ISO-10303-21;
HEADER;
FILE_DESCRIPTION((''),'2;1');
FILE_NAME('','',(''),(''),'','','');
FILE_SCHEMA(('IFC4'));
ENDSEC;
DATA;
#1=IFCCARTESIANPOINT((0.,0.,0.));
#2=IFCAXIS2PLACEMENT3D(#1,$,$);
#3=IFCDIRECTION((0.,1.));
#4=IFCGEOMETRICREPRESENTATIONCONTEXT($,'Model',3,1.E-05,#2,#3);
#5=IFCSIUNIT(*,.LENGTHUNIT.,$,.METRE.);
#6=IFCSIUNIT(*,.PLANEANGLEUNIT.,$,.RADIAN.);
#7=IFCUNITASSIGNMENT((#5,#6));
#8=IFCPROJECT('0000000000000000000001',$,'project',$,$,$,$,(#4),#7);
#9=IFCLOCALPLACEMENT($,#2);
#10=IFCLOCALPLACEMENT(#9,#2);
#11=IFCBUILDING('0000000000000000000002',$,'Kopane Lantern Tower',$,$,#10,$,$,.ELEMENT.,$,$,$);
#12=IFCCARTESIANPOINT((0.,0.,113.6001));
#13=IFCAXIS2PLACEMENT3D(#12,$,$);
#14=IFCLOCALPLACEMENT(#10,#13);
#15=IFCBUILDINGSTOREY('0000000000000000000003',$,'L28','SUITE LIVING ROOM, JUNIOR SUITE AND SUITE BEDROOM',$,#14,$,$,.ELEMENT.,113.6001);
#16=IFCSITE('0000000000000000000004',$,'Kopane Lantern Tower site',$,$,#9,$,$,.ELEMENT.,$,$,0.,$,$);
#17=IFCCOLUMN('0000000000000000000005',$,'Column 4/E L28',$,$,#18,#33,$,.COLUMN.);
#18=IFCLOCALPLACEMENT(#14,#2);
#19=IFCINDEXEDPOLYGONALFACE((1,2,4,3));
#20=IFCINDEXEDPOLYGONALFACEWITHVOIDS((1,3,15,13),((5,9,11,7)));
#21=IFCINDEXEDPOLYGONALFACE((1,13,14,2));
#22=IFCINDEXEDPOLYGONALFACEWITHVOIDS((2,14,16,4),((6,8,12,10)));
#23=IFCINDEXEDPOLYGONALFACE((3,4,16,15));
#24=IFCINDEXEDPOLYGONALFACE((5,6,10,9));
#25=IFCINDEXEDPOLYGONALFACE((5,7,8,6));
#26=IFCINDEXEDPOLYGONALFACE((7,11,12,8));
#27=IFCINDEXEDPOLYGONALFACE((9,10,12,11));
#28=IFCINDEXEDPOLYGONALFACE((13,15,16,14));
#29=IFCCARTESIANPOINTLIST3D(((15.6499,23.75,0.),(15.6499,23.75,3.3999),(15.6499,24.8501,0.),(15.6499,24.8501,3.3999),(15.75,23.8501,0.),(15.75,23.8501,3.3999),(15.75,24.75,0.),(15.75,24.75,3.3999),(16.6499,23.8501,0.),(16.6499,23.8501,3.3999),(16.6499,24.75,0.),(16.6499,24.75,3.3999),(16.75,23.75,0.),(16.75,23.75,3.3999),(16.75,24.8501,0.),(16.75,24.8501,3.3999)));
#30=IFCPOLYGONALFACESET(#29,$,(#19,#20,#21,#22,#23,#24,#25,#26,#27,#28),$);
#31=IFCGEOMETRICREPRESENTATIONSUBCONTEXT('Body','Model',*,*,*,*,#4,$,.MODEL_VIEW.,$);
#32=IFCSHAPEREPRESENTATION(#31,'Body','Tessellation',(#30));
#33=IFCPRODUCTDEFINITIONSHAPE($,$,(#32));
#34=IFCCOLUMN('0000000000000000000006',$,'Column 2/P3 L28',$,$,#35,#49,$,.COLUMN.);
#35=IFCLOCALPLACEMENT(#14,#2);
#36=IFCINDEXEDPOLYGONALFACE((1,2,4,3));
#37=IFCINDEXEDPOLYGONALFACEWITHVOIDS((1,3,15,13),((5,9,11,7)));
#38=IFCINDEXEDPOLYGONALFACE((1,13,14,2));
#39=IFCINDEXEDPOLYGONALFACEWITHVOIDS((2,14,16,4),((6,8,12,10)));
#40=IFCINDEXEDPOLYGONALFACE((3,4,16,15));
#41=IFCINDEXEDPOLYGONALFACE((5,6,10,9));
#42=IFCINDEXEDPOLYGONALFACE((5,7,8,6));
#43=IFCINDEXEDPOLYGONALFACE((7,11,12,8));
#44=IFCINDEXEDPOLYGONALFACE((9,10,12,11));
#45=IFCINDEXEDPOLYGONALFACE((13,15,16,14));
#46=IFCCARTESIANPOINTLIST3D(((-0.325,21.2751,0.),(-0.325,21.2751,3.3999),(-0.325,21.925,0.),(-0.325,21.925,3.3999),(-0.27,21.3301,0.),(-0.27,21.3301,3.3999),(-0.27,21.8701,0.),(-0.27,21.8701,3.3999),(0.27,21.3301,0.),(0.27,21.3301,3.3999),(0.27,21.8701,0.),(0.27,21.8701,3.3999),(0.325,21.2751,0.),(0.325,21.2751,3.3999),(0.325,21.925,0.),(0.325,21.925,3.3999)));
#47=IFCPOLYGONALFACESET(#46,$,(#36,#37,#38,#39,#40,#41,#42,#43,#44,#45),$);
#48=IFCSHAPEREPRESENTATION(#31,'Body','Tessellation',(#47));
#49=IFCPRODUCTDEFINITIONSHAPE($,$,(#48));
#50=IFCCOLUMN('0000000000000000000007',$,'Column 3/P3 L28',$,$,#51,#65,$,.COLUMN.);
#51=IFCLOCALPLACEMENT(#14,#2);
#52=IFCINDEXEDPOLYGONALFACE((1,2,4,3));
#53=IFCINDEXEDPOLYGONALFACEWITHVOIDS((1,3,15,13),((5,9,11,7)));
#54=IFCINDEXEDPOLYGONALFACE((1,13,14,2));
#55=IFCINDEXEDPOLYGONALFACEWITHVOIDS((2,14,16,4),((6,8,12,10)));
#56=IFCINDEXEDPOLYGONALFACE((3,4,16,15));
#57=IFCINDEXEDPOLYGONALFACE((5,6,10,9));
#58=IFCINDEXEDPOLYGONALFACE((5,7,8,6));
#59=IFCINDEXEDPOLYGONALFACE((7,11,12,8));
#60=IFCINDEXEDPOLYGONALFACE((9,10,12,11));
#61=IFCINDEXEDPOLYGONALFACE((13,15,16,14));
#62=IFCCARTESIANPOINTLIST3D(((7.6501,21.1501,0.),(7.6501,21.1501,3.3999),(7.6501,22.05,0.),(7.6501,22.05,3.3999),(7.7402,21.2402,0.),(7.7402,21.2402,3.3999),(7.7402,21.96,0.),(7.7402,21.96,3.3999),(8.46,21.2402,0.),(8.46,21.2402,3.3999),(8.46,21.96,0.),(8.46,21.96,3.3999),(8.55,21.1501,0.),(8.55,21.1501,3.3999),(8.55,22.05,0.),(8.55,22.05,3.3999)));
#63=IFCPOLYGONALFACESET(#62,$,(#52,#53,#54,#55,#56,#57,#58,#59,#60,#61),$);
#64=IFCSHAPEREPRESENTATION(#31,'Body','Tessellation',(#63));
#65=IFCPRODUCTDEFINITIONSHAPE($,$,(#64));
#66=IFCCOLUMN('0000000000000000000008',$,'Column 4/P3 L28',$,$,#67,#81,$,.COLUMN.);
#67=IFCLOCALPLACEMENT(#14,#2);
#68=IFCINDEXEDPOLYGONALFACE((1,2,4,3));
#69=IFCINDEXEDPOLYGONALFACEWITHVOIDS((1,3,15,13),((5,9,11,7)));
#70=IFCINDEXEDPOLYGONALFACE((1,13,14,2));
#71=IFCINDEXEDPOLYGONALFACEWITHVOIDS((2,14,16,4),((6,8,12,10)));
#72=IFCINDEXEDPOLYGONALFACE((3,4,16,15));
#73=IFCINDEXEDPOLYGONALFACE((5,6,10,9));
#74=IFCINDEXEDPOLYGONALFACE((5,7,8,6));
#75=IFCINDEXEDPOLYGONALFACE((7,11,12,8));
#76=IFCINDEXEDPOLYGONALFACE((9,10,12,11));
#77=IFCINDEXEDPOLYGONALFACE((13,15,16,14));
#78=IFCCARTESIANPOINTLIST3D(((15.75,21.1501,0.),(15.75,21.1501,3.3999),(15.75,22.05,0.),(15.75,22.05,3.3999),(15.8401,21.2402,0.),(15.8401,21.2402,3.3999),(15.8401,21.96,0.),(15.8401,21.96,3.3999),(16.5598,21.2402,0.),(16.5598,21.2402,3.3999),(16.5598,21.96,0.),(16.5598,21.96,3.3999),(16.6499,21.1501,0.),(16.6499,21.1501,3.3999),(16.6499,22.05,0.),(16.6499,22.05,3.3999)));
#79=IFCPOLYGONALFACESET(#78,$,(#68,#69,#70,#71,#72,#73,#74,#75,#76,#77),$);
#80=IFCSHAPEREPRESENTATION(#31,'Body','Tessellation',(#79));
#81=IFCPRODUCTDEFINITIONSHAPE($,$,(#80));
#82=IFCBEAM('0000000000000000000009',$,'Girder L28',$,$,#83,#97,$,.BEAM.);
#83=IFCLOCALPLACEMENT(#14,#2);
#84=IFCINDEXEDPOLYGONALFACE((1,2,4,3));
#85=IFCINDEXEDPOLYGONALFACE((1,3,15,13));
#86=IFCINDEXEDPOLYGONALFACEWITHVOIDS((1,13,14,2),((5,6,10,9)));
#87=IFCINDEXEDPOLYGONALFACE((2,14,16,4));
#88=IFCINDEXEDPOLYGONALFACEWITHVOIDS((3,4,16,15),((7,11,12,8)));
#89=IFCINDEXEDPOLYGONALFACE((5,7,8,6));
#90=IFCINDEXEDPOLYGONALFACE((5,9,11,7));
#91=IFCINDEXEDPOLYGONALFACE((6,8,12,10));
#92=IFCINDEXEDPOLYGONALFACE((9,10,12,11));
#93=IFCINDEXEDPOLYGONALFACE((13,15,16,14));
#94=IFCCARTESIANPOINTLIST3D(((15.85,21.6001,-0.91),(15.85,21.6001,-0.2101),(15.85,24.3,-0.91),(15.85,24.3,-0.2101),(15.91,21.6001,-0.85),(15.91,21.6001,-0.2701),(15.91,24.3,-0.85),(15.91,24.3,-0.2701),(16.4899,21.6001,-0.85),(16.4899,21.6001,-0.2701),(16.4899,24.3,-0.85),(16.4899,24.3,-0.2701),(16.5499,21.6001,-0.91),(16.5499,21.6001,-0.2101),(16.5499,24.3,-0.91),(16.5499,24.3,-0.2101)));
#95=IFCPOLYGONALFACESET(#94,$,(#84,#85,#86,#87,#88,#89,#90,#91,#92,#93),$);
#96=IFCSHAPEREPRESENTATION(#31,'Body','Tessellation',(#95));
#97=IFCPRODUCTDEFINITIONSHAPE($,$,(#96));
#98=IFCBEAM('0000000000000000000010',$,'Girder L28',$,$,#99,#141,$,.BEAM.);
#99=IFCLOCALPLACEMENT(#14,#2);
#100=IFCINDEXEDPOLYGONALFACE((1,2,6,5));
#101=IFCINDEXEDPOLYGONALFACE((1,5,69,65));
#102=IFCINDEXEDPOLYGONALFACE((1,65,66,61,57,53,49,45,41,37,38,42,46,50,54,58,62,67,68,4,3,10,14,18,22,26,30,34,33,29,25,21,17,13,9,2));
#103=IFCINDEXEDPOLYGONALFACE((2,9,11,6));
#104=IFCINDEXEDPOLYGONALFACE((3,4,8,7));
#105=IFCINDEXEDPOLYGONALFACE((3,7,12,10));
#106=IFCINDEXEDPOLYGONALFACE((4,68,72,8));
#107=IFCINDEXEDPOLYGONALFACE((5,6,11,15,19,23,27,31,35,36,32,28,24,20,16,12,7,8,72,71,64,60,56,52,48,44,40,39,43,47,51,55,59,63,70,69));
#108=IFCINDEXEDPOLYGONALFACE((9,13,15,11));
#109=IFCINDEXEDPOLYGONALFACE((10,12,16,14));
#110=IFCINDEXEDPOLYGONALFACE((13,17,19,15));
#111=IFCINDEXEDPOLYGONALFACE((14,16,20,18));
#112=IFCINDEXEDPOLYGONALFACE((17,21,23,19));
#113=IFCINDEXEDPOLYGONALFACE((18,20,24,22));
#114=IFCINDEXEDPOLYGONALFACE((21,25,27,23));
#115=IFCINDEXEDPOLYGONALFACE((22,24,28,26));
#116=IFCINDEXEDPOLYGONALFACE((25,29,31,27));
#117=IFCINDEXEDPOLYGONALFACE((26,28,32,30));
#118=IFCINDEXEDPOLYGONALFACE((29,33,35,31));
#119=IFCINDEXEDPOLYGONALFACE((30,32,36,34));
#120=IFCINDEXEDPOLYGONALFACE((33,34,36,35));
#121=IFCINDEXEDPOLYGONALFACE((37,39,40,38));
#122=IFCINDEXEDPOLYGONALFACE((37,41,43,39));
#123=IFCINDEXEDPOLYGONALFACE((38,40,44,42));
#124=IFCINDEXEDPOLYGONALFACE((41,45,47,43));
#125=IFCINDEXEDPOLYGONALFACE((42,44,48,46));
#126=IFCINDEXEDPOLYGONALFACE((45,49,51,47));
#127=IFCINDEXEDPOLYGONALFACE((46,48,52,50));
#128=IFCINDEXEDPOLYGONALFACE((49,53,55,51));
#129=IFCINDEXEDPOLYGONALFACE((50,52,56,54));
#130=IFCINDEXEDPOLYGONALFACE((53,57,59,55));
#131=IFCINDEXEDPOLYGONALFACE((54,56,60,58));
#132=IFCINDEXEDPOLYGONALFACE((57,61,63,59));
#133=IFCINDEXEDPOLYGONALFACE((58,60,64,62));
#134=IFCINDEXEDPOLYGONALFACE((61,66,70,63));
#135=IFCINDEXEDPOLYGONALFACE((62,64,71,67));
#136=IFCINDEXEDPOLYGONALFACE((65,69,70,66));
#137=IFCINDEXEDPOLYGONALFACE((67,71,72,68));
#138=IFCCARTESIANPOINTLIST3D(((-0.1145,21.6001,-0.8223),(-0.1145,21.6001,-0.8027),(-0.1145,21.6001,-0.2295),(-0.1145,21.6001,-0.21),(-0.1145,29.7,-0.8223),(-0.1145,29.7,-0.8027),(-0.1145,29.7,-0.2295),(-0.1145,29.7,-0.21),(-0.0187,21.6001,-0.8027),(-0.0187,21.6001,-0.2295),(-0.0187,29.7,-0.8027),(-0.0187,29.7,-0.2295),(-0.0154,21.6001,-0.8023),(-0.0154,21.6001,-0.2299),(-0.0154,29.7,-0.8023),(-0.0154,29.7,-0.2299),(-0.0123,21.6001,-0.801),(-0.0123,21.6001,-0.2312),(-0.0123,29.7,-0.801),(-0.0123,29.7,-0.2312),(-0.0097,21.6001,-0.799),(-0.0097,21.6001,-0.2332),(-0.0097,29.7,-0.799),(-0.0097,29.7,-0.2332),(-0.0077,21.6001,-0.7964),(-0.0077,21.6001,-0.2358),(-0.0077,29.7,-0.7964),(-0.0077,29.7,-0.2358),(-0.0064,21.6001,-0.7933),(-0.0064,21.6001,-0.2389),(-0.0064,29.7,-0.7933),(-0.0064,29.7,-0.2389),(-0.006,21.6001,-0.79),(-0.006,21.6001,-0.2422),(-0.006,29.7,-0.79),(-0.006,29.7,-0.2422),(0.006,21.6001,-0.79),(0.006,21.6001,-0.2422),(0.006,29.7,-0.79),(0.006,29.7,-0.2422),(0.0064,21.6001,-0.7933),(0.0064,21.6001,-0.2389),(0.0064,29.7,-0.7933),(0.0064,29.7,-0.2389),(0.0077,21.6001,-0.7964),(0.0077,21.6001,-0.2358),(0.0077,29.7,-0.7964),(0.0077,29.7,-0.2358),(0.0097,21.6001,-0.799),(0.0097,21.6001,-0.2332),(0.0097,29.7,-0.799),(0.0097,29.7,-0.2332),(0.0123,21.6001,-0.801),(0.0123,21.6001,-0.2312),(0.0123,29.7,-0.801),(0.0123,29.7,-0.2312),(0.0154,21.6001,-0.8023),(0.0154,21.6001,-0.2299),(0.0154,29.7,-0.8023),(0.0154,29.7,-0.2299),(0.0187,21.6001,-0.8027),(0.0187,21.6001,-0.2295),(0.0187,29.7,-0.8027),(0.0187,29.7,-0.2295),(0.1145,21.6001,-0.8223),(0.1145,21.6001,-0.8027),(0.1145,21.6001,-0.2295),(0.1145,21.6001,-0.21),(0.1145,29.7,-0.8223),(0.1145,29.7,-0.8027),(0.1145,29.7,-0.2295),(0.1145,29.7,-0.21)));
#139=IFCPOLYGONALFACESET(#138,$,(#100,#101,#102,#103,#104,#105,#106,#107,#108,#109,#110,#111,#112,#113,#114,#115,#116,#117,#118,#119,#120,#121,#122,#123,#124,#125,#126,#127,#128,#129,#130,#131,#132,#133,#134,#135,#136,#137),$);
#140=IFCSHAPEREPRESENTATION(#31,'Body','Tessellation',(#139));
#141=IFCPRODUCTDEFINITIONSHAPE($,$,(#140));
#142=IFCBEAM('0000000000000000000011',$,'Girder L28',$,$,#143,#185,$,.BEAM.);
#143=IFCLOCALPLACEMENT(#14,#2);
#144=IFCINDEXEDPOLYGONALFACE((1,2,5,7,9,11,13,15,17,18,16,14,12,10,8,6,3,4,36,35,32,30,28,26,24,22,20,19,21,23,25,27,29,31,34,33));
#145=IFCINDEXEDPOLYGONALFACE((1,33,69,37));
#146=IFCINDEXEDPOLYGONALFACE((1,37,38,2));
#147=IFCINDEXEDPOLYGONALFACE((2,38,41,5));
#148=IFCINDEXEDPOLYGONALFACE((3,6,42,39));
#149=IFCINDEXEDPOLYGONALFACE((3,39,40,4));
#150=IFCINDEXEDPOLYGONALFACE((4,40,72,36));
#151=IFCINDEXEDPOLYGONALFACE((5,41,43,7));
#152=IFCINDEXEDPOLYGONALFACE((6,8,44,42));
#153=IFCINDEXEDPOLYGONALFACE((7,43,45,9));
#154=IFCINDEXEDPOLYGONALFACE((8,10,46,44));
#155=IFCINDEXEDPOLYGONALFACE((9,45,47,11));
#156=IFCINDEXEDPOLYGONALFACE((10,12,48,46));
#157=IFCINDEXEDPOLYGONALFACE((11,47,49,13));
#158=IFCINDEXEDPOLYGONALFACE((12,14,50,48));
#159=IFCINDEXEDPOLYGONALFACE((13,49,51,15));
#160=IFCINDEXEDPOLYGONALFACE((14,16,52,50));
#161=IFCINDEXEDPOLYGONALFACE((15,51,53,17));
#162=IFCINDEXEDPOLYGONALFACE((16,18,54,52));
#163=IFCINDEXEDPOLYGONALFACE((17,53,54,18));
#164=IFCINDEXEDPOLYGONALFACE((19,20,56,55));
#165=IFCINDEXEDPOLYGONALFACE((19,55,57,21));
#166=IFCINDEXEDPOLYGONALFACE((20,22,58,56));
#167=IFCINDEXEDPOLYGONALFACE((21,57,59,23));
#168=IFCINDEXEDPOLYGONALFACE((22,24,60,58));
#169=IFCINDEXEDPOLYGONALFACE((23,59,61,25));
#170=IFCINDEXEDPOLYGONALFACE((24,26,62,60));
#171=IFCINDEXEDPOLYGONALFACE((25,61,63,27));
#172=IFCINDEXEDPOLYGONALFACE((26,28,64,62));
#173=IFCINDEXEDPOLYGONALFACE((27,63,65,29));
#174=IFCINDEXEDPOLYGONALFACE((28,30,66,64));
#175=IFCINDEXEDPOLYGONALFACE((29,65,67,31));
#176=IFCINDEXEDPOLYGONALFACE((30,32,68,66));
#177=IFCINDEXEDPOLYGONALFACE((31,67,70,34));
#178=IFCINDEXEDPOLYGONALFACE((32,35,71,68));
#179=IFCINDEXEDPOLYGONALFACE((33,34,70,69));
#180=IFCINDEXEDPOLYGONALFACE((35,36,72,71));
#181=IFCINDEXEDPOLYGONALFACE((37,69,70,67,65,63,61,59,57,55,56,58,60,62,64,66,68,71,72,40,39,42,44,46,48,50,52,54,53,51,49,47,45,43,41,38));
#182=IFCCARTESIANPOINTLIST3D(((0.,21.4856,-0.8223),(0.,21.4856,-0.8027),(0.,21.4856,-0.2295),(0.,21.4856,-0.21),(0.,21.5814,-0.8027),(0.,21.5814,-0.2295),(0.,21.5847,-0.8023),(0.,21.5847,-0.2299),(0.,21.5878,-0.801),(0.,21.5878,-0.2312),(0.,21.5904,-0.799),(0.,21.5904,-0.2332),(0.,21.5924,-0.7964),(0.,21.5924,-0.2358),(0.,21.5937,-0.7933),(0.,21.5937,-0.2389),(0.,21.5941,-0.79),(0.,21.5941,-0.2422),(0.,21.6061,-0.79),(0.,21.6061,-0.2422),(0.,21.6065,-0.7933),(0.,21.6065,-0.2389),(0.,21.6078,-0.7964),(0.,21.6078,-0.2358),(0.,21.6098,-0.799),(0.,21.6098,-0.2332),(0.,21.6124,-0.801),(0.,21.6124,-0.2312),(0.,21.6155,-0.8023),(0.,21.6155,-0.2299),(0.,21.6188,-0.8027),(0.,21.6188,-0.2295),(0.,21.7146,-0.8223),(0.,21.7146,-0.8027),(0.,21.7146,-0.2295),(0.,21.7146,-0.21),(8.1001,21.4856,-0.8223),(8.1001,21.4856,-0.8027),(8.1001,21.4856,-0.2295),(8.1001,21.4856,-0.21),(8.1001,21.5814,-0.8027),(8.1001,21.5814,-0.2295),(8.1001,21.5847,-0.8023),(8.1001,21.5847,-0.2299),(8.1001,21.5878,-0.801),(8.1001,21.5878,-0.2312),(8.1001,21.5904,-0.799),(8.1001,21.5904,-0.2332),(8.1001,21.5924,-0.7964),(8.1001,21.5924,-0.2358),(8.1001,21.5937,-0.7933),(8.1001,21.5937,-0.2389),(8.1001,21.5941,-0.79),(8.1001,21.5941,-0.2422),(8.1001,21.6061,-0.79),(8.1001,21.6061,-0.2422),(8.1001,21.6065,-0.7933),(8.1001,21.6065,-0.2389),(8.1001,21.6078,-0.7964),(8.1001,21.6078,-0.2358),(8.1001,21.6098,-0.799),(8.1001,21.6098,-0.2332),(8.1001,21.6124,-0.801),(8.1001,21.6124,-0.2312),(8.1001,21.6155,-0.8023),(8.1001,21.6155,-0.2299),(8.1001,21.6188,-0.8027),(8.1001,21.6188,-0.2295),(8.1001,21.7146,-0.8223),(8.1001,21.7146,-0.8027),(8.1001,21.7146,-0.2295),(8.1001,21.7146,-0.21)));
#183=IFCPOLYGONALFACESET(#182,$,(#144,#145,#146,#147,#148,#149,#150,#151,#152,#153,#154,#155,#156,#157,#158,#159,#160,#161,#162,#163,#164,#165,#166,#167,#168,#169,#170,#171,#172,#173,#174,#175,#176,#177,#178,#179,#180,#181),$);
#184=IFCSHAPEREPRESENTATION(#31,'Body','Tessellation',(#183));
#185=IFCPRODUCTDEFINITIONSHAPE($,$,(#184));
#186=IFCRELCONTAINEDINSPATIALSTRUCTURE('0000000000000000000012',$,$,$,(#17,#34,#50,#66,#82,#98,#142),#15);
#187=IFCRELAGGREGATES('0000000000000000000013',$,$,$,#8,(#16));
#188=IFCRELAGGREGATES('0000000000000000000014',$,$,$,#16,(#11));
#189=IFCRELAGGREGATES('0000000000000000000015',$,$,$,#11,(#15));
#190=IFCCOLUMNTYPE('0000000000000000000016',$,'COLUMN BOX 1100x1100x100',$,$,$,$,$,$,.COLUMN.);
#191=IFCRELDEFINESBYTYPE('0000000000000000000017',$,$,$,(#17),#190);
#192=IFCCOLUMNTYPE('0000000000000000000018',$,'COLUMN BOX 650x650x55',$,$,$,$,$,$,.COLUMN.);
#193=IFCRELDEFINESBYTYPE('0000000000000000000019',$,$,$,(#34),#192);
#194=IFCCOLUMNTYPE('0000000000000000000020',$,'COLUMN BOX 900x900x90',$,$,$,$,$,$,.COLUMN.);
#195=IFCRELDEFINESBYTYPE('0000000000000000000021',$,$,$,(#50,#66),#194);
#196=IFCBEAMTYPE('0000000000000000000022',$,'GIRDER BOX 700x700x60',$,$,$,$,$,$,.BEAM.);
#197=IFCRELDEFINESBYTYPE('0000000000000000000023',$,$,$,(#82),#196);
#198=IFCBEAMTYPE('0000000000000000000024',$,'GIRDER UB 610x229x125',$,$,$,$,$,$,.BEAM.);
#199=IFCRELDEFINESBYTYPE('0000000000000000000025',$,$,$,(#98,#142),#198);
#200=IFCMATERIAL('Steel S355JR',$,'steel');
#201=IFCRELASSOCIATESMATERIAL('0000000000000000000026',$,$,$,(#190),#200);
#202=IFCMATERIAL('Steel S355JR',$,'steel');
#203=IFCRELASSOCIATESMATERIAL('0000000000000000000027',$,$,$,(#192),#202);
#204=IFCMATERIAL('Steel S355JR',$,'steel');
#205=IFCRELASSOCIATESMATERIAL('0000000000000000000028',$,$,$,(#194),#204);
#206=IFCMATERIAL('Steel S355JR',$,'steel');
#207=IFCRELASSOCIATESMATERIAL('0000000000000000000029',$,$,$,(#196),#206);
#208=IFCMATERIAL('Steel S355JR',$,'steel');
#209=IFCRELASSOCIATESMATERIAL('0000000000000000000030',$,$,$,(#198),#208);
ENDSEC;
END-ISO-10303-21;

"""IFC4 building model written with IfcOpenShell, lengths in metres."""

from ifc_helpers import new_model, si_unit, direction, frame, origin, origin_2d, place, context, subcontext, project, spatial, hollow_rectangle, i_section, extrude, material, material_profile, profile_set, type_object, element, save


model = new_model("IFC4")

# Units and contexts
model_context = context("Model", 3, precision=1e-05, world=origin(), true_north=direction((0.0, 1.0)))
body_context = subcontext(model_context, "Body", "Model", "MODEL_VIEW")
ifc_project = project(units=[si_unit("LENGTHUNIT", "METRE"), si_unit("PLANEANGLEUNIT", "RADIAN")], contexts=[model_context])

# Site, building, storey
site_placement = place(None, origin())
site = spatial("IfcSite", under=ifc_project, at=site_placement, Name="Kopane Lantern Tower site", CompositionType="ELEMENT", RefElevation=0.0)
building_placement = place(site_placement, origin())
building = spatial("IfcBuilding", under=site, at=building_placement, Name="Kopane Lantern Tower", CompositionType="ELEMENT")
storey_placement = place(building_placement, frame((0.0, 0.0, 113.6001)))
storey = spatial("IfcBuildingStorey", under=building, at=storey_placement, Name="L28", Description="SUITE LIVING ROOM, JUNIOR SUITE AND SUITE BEDROOM", CompositionType="ELEMENT", Elevation=113.6001)

# Columns
ifc_material_1 = material(Name="Steel S355JR", Category="steel")
ifc_material_profile_1 = material_profile(ifc_material_1, hollow_rectangle(XDim=1.1001, YDim=1.1001, WallThickness=0.1001, at=origin_2d()), Name="BOX 1100x1100x100")
ifc_profile_set_1 = profile_set([ifc_material_profile_1], Name="Steel S355JR")
column_type_1 = type_object("IfcColumnType", Name="COLUMN BOX 1100x1100x100", PredefinedType="COLUMN", material=ifc_profile_set_1)
column_1_placement = place(storey_placement, frame((16.2, 24.3, 0.0), z_axis=(0.0, 0.0, 1.0), x_axis=(1.0, 0.0, 0.0)))
element("IfcColumn", 1, at=column_1_placement, inside=storey, type_object=column_type_1, Name="Column 4/E L28", PredefinedType="COLUMN", context=body_context, shape_type="SweptSolid", body=[
    extrude(hollow_rectangle(XDim=1.1001, YDim=1.1001, WallThickness=0.1001, at=origin_2d()), origin(), (0.0, 0.0, 1.0), 3.3999),
])
ifc_material_2 = material(Name="Steel S355JR", Category="steel")
ifc_material_profile_2 = material_profile(ifc_material_2, hollow_rectangle(XDim=0.6499, YDim=0.6499, WallThickness=0.0549, at=origin_2d()), Name="BOX 650x650x55")
ifc_profile_set_2 = profile_set([ifc_material_profile_2], Name="Steel S355JR")
column_type_2 = type_object("IfcColumnType", Name="COLUMN BOX 650x650x55", PredefinedType="COLUMN", material=ifc_profile_set_2)
column_2_placement = place(storey_placement, frame((0.0, 21.6001, 0.0), z_axis=(0.0, 0.0, 1.0), x_axis=(1.0, 0.0, 0.0)))
element("IfcColumn", 2, at=column_2_placement, inside=storey, type_object=column_type_2, Name="Column 2/P3 L28", PredefinedType="COLUMN", context=body_context, shape_type="SweptSolid", body=[
    extrude(hollow_rectangle(XDim=0.6499, YDim=0.6499, WallThickness=0.0549, at=origin_2d()), origin(), (0.0, 0.0, 1.0), 3.3999),
])
ifc_material_3 = material(Name="Steel S355JR", Category="steel")
ifc_material_profile_3 = material_profile(ifc_material_3, hollow_rectangle(XDim=0.8999, YDim=0.8999, WallThickness=0.0901, at=origin_2d()), Name="BOX 900x900x90")
ifc_profile_set_3 = profile_set([ifc_material_profile_3], Name="Steel S355JR")
column_type_3 = type_object("IfcColumnType", Name="COLUMN BOX 900x900x90", PredefinedType="COLUMN", material=ifc_profile_set_3)
for number, where, z_axis, x_axis, name in (
    (3, (8.1001, 21.6001, 0.0), (0.0, 0.0, 1.0), (1.0, 0.0, 0.0), "Column 3/P3 L28"),
    (4, (16.2, 21.6001, 0.0), (0.0, 0.0, 1.0), (1.0, 0.0, 0.0), "Column 4/P3 L28"),
):
    element("IfcColumn", number, at=place(storey_placement, frame(where, z_axis=z_axis, x_axis=x_axis)), inside=storey, type_object=column_type_3, Name=name, PredefinedType="COLUMN", context=body_context, shape_type="SweptSolid", body=[
        extrude(hollow_rectangle(XDim=0.8999, YDim=0.8999, WallThickness=0.0901, at=origin_2d()), origin(), (0.0, 0.0, 1.0), 3.3999),
    ])

# Beams
ifc_material_4 = material(Name="Steel S355JR", Category="steel")
ifc_material_profile_4 = material_profile(ifc_material_4, hollow_rectangle(XDim=0.7, YDim=0.7, WallThickness=0.0601, at=origin_2d()), Name="BOX 700x700x60")
ifc_profile_set_4 = profile_set([ifc_material_profile_4], Name="Steel S355JR")
beam_type_1 = type_object("IfcBeamType", Name="GIRDER BOX 700x700x60", PredefinedType="BEAM", material=ifc_profile_set_4)
beam_1_placement = place(storey_placement, frame((16.2, 21.6001, -0.5601), z_axis=(0.0, 1.0, 0.0), x_axis=(-1.0, 0.0, 0.0)))
element("IfcBeam", 5, at=beam_1_placement, inside=storey, type_object=beam_type_1, Name="Girder L28", PredefinedType="BEAM", context=body_context, shape_type="SweptSolid", body=[
    extrude(hollow_rectangle(XDim=0.7, YDim=0.7, WallThickness=0.0601, at=origin_2d()), origin(), (0.0, 0.0, 1.0), 2.7),
])
ifc_material_5 = material(Name="Steel S355JR", Category="steel")
ifc_material_profile_5 = material_profile(ifc_material_5, i_section(OverallWidth=0.229, OverallDepth=0.6123, WebThickness=0.012, FlangeThickness=0.0195, FilletRadius=0.0127, at=origin_2d()), Name="UB 610x229x125")
ifc_profile_set_5 = profile_set([ifc_material_profile_5], Name="Steel S355JR")
beam_type_2 = type_object("IfcBeamType", Name="GIRDER UB 610x229x125", PredefinedType="BEAM", material=ifc_profile_set_5)
beam_2_placement = place(storey_placement, frame((0.0, 21.6001, -0.5161), z_axis=(0.0, 1.0, 0.0), x_axis=(-1.0, 0.0, 0.0)))
element("IfcBeam", 6, at=beam_2_placement, inside=storey, type_object=beam_type_2, Name="Girder L28", PredefinedType="BEAM", context=body_context, shape_type="SweptSolid", body=[
    extrude(i_section(OverallWidth=0.229, OverallDepth=0.6123, WebThickness=0.012, FlangeThickness=0.0195, FilletRadius=0.0127, at=origin_2d()), origin(), (0.0, 0.0, 1.0), 8.0999),
])
beam_3_placement = place(storey_placement, frame((0.0, 21.6001, -0.5161), z_axis=(1.0, 0.0, 0.0), x_axis=(0.0, 1.0, 0.0)))
element("IfcBeam", 7, at=beam_3_placement, inside=storey, type_object=beam_type_2, Name="Girder L28", PredefinedType="BEAM", context=body_context, shape_type="SweptSolid", body=[
    extrude(i_section(OverallWidth=0.229, OverallDepth=0.6123, WebThickness=0.012, FlangeThickness=0.0195, FilletRadius=0.0127, at=origin_2d()), origin(), (0.0, 0.0, 1.0), 8.1001),
])

save(model, "model.ifc")
